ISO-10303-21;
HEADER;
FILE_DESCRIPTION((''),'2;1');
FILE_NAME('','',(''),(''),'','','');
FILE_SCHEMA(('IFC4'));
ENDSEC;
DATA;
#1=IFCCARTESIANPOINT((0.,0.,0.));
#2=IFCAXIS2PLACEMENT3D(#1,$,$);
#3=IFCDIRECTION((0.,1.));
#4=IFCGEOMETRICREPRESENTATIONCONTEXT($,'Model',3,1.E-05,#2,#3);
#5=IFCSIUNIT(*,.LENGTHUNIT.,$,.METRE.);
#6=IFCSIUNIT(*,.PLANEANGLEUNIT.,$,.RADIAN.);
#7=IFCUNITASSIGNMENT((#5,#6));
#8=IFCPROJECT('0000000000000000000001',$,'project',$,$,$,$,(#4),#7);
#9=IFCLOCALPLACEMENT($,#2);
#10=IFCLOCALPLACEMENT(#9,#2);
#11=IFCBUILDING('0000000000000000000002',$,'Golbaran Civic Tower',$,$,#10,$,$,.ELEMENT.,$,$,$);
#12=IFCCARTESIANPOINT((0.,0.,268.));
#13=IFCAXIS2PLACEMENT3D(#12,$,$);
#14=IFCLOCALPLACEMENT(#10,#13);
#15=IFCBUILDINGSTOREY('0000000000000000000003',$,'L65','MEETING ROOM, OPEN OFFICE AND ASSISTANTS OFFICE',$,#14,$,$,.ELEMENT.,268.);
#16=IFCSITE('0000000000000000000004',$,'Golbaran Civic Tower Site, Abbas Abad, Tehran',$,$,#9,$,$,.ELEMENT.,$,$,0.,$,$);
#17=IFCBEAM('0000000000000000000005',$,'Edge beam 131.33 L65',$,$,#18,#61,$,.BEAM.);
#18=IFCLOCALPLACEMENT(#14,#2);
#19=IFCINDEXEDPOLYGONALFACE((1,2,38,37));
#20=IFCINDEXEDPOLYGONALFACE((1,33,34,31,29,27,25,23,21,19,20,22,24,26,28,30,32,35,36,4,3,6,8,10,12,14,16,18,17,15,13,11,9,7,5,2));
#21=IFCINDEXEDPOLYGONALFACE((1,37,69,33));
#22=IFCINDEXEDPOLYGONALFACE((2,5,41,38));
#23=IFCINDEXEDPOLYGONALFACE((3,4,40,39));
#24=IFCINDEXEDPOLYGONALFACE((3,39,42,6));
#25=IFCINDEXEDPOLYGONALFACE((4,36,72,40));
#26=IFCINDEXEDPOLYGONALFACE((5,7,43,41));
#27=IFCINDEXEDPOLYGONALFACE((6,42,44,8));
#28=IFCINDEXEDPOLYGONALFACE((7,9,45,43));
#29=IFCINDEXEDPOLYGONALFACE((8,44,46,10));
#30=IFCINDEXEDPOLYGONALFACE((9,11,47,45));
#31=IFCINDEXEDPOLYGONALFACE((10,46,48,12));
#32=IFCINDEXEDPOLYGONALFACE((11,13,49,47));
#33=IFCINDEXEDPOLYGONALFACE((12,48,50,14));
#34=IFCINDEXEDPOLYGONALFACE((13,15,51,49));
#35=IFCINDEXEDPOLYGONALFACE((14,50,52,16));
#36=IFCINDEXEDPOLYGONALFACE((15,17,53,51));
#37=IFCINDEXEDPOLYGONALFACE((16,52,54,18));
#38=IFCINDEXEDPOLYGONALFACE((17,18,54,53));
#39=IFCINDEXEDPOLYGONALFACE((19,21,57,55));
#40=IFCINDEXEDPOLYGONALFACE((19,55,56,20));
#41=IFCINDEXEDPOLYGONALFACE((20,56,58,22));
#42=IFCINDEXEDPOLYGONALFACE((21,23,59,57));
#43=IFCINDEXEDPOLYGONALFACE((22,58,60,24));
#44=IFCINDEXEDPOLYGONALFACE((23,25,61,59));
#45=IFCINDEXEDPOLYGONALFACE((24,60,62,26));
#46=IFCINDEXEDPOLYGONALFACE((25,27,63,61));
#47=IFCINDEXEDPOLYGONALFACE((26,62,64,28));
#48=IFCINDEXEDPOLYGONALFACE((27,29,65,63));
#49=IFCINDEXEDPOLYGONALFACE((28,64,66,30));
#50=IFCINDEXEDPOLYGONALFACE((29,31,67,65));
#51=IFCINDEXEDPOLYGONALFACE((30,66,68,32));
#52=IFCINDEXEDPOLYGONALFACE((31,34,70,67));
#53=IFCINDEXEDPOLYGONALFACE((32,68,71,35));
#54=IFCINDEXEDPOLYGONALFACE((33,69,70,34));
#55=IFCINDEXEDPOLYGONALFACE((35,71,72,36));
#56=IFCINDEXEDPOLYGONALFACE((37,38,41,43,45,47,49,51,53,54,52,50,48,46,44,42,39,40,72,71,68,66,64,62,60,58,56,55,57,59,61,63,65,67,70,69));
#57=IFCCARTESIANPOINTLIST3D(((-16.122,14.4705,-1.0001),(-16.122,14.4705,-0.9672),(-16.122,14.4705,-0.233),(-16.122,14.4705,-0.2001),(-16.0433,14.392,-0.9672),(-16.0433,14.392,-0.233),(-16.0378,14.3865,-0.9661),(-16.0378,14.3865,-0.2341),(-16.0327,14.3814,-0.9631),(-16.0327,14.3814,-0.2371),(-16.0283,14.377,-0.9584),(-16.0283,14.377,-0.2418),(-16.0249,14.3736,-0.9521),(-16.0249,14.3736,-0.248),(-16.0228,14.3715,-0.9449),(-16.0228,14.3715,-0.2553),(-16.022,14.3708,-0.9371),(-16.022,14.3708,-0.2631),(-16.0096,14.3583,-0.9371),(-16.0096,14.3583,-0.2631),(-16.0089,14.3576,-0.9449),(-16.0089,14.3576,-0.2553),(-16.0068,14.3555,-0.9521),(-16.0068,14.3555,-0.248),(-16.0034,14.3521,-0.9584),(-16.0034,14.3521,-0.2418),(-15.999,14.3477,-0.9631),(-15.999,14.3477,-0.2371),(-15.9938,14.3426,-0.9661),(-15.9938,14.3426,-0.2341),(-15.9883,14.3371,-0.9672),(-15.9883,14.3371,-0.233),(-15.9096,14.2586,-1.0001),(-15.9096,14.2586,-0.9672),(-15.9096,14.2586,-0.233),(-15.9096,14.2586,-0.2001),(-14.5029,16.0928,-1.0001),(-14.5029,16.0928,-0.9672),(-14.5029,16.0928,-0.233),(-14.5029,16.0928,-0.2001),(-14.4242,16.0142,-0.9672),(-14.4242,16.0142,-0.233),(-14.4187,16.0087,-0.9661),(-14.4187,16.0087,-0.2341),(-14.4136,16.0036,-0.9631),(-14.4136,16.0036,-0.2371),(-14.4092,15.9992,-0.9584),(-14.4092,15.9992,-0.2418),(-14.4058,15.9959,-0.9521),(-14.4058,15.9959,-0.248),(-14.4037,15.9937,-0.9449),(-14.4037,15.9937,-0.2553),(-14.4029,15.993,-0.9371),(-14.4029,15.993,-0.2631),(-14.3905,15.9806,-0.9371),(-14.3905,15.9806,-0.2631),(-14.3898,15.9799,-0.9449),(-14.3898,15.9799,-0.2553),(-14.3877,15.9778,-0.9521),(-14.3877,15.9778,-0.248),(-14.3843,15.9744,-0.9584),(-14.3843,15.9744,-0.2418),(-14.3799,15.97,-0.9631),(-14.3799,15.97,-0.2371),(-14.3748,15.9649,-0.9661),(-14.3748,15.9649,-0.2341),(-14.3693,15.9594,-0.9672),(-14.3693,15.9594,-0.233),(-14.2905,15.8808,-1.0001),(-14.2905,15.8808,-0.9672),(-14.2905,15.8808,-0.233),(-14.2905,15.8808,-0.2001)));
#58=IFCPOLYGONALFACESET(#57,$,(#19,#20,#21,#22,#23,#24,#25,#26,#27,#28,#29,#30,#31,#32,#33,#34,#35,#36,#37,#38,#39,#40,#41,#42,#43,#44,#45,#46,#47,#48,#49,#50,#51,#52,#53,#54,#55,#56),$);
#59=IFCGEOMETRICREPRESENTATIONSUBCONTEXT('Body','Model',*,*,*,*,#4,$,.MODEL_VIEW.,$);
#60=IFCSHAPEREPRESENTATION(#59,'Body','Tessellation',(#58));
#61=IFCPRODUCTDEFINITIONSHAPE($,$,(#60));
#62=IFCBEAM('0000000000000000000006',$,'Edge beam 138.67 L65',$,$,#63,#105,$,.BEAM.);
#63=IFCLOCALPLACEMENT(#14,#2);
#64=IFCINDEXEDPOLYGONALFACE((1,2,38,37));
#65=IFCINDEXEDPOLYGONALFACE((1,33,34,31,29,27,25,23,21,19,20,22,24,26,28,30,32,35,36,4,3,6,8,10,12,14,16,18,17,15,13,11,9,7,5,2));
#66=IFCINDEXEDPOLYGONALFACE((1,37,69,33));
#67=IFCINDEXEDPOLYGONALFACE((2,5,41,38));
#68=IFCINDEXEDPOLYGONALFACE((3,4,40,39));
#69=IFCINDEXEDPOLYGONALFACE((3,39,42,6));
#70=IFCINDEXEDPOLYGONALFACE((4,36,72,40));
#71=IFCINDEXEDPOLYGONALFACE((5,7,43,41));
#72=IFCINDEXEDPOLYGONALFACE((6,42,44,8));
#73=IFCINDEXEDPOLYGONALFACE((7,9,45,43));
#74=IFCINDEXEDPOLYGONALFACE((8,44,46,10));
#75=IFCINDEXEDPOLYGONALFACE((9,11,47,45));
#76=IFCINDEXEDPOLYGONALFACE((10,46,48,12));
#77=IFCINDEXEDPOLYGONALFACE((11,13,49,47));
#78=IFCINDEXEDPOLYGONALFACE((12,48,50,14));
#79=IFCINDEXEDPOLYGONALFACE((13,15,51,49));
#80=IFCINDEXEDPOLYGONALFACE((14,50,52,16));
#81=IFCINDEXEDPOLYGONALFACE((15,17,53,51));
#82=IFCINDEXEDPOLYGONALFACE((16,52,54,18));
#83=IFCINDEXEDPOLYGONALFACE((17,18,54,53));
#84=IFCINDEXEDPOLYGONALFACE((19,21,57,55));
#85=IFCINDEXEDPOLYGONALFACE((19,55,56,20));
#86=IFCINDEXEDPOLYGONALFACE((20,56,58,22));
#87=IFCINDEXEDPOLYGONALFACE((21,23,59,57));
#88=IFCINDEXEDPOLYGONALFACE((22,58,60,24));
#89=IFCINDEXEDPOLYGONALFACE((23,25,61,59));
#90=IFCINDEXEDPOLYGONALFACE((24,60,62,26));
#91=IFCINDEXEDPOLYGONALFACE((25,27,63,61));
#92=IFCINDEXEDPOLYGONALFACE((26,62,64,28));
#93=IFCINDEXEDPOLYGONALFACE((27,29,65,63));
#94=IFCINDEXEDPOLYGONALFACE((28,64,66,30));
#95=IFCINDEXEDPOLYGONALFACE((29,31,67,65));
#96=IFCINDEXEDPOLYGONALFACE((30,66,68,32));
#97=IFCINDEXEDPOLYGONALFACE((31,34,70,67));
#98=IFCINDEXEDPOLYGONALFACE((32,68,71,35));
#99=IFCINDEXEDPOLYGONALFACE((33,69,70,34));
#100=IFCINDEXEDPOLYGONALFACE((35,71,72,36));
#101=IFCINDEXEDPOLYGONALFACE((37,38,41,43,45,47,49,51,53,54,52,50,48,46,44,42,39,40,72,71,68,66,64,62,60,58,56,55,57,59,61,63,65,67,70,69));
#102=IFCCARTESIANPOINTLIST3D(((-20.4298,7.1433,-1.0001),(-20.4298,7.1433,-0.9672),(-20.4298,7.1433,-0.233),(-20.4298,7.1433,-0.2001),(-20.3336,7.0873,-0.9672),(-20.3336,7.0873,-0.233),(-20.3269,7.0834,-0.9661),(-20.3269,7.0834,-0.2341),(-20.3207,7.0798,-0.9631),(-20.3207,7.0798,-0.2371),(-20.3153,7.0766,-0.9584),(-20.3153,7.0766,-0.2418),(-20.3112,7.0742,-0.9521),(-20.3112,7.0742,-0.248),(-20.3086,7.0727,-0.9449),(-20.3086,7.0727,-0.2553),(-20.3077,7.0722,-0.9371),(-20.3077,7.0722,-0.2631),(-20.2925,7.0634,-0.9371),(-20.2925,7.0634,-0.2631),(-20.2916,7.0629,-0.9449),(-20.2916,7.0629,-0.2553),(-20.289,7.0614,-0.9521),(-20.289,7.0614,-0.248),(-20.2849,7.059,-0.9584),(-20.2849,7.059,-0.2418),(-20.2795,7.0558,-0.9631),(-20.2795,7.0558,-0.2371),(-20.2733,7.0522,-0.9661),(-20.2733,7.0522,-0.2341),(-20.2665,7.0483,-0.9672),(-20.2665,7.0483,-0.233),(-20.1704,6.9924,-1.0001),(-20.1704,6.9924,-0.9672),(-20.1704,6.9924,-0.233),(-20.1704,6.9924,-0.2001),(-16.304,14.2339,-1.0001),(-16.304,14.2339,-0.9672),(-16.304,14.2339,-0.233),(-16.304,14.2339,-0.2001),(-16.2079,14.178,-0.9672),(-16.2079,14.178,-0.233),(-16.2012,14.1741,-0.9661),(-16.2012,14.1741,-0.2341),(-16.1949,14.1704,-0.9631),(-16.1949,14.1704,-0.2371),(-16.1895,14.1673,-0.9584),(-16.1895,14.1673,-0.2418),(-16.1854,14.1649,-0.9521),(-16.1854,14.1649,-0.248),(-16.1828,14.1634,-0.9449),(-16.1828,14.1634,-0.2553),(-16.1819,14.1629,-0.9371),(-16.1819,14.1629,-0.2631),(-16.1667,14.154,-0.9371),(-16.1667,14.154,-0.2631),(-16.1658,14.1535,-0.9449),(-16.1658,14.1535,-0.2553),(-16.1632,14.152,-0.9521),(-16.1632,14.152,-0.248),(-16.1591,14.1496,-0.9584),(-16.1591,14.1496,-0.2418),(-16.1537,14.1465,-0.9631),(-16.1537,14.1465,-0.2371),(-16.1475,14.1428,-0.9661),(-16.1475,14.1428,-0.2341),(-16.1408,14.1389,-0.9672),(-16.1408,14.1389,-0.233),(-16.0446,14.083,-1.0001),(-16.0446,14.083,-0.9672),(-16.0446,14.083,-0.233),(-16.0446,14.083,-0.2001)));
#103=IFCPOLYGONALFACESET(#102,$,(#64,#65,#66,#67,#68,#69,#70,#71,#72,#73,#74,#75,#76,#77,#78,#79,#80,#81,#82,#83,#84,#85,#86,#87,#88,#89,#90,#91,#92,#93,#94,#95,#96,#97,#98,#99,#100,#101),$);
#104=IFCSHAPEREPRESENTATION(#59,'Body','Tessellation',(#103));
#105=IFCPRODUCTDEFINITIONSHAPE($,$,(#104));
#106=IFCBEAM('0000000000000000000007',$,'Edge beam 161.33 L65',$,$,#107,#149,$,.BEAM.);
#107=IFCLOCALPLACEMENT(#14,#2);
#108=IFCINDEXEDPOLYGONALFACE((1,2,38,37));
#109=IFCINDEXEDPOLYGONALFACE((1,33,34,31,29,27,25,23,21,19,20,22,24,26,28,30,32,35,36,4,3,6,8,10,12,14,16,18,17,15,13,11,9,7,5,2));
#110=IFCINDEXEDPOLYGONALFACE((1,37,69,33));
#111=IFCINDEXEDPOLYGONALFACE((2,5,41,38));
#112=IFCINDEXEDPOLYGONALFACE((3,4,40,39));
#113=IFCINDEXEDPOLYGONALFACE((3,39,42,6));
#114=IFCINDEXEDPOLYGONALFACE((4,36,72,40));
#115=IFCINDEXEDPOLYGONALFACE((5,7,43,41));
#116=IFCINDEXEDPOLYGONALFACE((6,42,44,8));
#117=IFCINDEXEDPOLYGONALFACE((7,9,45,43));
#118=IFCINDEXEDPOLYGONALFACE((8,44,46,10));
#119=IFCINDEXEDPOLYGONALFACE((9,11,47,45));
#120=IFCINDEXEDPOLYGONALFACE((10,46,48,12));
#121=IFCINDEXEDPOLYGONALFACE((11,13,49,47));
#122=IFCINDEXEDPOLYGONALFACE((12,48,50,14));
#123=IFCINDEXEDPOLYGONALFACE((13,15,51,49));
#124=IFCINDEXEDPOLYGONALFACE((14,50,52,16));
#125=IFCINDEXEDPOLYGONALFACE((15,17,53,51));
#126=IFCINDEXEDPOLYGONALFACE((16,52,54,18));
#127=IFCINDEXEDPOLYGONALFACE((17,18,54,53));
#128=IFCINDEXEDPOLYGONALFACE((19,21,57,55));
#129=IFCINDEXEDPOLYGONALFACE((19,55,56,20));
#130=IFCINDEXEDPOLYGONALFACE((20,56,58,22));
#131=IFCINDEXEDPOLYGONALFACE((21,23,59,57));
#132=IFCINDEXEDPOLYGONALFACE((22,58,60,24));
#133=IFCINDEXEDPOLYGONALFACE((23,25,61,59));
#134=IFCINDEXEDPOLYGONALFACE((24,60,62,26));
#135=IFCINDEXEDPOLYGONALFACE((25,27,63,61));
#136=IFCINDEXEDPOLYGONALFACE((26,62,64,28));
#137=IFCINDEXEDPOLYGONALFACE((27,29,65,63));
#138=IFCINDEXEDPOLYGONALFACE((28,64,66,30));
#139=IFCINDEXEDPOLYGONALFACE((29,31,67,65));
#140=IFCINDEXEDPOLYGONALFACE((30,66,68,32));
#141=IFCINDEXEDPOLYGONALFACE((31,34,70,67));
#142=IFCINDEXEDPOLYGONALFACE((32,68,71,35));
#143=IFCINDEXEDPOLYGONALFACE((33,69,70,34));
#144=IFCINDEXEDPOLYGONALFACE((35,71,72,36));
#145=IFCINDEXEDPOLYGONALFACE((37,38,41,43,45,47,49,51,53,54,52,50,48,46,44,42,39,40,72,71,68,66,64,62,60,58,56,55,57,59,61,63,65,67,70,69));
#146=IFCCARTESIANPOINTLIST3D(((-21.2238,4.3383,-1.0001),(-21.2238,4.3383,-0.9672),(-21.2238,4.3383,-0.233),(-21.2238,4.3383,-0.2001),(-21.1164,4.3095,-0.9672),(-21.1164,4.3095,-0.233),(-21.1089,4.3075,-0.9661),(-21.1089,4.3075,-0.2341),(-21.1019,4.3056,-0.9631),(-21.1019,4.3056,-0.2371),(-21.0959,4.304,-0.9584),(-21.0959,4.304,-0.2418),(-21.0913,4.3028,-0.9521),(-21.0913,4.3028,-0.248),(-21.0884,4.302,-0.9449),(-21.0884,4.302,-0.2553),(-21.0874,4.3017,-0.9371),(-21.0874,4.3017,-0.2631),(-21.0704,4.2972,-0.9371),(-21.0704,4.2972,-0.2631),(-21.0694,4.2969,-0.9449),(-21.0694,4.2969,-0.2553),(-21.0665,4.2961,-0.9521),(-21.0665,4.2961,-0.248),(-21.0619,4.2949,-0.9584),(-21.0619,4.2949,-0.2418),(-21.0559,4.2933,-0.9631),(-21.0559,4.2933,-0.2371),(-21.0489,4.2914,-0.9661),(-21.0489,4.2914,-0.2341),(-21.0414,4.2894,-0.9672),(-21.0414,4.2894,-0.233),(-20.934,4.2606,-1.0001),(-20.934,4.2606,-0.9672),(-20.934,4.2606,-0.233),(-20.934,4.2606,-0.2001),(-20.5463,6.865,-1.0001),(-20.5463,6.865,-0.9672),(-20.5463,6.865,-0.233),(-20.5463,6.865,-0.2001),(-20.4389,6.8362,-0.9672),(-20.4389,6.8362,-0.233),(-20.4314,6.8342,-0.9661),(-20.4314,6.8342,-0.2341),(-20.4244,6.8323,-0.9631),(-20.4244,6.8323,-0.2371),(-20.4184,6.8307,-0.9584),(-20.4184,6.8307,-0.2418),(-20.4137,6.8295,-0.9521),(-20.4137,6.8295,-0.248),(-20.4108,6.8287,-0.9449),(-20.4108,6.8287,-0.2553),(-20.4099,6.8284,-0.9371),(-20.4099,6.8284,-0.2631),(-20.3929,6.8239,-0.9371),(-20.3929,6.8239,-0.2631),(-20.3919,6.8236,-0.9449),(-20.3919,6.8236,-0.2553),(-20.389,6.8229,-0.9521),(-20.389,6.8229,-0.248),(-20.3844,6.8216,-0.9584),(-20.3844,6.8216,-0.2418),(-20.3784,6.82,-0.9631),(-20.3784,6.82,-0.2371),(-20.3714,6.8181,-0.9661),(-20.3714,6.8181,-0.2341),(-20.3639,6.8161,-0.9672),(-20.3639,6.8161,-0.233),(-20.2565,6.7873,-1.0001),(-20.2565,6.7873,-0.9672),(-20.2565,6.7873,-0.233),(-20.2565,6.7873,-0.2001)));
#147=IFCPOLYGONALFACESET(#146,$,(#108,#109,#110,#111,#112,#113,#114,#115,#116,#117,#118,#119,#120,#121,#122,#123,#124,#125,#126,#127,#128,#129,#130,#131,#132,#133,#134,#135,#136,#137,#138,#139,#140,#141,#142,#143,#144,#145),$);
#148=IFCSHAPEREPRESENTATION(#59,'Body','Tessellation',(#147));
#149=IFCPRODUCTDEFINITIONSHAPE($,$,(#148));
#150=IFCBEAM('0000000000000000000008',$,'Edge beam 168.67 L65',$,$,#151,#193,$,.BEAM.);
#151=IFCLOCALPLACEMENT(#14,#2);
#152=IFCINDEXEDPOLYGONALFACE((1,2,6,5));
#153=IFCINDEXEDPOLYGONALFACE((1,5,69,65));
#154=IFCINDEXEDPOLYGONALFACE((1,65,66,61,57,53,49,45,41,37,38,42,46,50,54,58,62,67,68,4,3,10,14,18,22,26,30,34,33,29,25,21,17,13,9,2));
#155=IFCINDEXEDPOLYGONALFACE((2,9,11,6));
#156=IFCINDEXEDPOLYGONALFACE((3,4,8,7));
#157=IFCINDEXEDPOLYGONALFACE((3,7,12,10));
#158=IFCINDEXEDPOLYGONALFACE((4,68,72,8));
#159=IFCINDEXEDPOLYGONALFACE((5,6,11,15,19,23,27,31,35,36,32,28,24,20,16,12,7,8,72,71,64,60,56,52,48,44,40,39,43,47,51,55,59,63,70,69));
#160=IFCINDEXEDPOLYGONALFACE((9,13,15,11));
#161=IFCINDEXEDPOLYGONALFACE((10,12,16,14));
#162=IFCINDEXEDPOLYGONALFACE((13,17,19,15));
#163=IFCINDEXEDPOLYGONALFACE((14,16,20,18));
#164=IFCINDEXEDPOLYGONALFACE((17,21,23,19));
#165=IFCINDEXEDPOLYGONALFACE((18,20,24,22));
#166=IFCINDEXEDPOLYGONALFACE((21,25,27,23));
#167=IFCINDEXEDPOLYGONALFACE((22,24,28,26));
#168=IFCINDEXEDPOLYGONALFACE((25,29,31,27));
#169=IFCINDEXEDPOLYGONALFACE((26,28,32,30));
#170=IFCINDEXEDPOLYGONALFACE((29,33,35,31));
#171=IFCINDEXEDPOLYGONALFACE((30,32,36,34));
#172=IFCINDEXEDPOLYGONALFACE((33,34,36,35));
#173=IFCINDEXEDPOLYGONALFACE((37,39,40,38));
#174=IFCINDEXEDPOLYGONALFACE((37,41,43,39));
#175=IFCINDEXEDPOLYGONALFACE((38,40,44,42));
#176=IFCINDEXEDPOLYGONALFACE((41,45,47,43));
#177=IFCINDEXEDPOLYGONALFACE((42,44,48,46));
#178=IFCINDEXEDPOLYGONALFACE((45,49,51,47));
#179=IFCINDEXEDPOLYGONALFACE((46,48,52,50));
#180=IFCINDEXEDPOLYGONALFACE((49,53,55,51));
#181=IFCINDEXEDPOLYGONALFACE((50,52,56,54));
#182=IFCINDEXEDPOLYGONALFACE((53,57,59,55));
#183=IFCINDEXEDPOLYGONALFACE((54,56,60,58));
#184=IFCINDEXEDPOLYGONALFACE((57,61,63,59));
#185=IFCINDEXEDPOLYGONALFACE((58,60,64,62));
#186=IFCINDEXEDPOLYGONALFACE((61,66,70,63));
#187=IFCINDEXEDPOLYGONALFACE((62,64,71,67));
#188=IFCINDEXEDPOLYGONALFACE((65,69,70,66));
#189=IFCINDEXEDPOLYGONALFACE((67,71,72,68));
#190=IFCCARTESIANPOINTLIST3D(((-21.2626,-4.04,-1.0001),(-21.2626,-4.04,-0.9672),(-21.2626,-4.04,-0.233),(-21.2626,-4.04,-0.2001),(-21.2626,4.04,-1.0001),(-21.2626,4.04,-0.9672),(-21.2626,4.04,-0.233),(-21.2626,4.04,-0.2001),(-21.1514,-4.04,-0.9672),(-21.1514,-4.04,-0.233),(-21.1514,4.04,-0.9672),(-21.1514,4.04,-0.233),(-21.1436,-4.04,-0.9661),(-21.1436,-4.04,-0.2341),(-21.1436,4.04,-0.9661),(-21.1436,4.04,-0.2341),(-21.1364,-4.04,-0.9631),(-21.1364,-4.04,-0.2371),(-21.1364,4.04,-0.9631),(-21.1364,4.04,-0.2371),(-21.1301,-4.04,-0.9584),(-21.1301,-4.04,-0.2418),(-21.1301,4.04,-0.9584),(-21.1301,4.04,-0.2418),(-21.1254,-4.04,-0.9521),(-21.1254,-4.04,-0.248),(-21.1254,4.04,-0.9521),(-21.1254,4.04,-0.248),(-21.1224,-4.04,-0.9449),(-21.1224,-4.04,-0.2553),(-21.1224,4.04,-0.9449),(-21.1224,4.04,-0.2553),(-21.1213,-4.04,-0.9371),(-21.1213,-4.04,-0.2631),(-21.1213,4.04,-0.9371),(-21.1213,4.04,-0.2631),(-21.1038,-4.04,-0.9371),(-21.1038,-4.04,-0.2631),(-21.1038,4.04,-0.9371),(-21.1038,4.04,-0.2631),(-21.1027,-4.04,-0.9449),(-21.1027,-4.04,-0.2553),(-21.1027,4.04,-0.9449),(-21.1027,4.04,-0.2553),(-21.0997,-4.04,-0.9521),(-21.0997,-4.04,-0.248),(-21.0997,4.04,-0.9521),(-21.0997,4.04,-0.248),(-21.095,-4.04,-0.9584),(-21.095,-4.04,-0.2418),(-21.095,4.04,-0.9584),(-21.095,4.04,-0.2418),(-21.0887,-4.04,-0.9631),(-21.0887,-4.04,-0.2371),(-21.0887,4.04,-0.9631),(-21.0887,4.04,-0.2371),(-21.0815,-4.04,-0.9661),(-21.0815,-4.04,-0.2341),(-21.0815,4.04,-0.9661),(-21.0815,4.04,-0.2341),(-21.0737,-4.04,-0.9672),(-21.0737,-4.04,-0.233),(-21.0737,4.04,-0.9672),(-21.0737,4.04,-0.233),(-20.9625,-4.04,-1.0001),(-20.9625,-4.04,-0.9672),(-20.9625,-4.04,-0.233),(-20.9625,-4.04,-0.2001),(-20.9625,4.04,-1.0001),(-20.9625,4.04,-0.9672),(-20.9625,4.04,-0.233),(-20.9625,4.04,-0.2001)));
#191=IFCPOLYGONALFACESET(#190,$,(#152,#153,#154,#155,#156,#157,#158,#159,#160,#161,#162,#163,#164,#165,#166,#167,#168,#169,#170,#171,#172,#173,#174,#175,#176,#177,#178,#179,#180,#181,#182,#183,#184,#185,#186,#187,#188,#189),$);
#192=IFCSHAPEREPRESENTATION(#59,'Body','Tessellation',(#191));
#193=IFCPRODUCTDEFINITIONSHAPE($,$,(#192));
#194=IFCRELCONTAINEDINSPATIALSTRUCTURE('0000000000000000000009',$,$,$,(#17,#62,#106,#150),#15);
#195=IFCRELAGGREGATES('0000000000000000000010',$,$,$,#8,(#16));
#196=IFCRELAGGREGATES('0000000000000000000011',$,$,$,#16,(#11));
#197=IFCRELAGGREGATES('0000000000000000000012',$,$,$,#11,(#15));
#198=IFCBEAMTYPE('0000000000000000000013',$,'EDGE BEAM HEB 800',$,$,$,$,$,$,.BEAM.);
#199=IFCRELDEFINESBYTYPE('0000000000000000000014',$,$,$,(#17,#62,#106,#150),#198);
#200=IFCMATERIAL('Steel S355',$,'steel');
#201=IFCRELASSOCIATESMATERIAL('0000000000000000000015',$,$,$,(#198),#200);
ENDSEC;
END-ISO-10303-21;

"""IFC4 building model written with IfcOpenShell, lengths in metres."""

from ifc_helpers import new_model, si_unit, direction, frame, origin, origin_2d, place, context, subcontext, project, spatial, i_section, extrude, material, material_profile, profile_set, type_object, element, save


model = new_model("IFC4")

# Units and contexts
model_context = context("Model", 3, precision=1e-05, world=origin(), true_north=direction((0.0, 1.0)))
body_context = subcontext(model_context, "Body", "Model", "MODEL_VIEW")
ifc_project = project(units=[si_unit("LENGTHUNIT", "METRE"), si_unit("PLANEANGLEUNIT", "RADIAN")], contexts=[model_context])

# Site, building, storey
site_placement = place(None, origin())
site = spatial("IfcSite", under=ifc_project, at=site_placement, Name="Golbaran Civic Tower Site, Abbas Abad, Tehran", CompositionType="ELEMENT", RefElevation=0.0)
building_placement = place(site_placement, origin())
building = spatial("IfcBuilding", under=site, at=building_placement, Name="Golbaran Civic Tower", CompositionType="ELEMENT")
storey_placement = place(building_placement, frame((0.0, 0.0, 268.0)))
storey = spatial("IfcBuildingStorey", under=building, at=storey_placement, Name="L65", Description="MEETING ROOM, OPEN OFFICE AND ASSISTANTS OFFICE", CompositionType="ELEMENT", Elevation=268.0)

# Beams
ifc_material_1 = material(Name="Steel S355", Category="steel")
ifc_material_profile_1 = material_profile(ifc_material_1, i_section(OverallWidth=0.3, OverallDepth=0.8, WebThickness=0.0176, FlangeThickness=0.033, FilletRadius=0.03, at=origin_2d()), Name="HEB 800")
ifc_profile_set_1 = profile_set([ifc_material_profile_1], Name="Steel S355")
beam_type_1 = type_object("IfcBeamType", Name="EDGE BEAM HEB 800", PredefinedType="BEAM", material=ifc_profile_set_1)
beam_1_placement = place(storey_placement, frame((-14.3967, 15.9868, -0.6001), z_axis=(-0.706414, -0.707799, 0.0), x_axis=(0.707799, -0.706414, 0.0)))
element("IfcBeam", 1, at=beam_1_placement, inside=storey, type_object=beam_type_1, Name="Edge beam 131.33 L65", PredefinedType="BEAM", context=body_context, shape_type="SweptSolid", body=[
    extrude(i_section(OverallWidth=0.3, OverallDepth=0.8, WebThickness=0.0176, FlangeThickness=0.033, FilletRadius=0.03, at=origin_2d()), origin(), (0.0, 0.0, 1.0), 2.292),
])
beam_2_placement = place(storey_placement, frame((-16.1743, 14.1584, -0.6001), z_axis=(-0.502921, -0.864332, 0.0), x_axis=(0.864332, -0.502921, 0.0)))
element("IfcBeam", 2, at=beam_2_placement, inside=storey, type_object=beam_type_1, Name="Edge beam 138.67 L65", PredefinedType="BEAM", context=body_context, shape_type="SweptSolid", body=[
    extrude(i_section(OverallWidth=0.3, OverallDepth=0.8, WebThickness=0.0176, FlangeThickness=0.033, FilletRadius=0.03, at=origin_2d()), origin(), (0.0, 0.0, 1.0), 8.2036),
])
beam_3_placement = place(storey_placement, frame((-20.4014, 6.8262, -0.6001), z_axis=(-0.258993, -0.965879, 0.0), x_axis=(0.965879, -0.258993, 0.0)))
element("IfcBeam", 3, at=beam_3_placement, inside=storey, type_object=beam_type_1, Name="Edge beam 161.33 L65", PredefinedType="BEAM", context=body_context, shape_type="SweptSolid", body=[
    extrude(i_section(OverallWidth=0.3, OverallDepth=0.8, WebThickness=0.0176, FlangeThickness=0.033, FilletRadius=0.03, at=origin_2d()), origin(), (0.0, 0.0, 1.0), 2.616),
])
beam_4_placement = place(storey_placement, frame((-21.1125, 4.04, -0.6001), z_axis=(0.0, -1.0, 0.0), x_axis=(1.0, 0.0, 0.0)))
element("IfcBeam", 4, at=beam_4_placement, inside=storey, type_object=beam_type_1, Name="Edge beam 168.67 L65", PredefinedType="BEAM", context=body_context, shape_type="SweptSolid", body=[
    extrude(i_section(OverallWidth=0.3, OverallDepth=0.8, WebThickness=0.0176, FlangeThickness=0.033, FilletRadius=0.03, at=origin_2d()), origin(), (0.0, 0.0, 1.0), 8.0801),
])

save(model, "model.ifc")
